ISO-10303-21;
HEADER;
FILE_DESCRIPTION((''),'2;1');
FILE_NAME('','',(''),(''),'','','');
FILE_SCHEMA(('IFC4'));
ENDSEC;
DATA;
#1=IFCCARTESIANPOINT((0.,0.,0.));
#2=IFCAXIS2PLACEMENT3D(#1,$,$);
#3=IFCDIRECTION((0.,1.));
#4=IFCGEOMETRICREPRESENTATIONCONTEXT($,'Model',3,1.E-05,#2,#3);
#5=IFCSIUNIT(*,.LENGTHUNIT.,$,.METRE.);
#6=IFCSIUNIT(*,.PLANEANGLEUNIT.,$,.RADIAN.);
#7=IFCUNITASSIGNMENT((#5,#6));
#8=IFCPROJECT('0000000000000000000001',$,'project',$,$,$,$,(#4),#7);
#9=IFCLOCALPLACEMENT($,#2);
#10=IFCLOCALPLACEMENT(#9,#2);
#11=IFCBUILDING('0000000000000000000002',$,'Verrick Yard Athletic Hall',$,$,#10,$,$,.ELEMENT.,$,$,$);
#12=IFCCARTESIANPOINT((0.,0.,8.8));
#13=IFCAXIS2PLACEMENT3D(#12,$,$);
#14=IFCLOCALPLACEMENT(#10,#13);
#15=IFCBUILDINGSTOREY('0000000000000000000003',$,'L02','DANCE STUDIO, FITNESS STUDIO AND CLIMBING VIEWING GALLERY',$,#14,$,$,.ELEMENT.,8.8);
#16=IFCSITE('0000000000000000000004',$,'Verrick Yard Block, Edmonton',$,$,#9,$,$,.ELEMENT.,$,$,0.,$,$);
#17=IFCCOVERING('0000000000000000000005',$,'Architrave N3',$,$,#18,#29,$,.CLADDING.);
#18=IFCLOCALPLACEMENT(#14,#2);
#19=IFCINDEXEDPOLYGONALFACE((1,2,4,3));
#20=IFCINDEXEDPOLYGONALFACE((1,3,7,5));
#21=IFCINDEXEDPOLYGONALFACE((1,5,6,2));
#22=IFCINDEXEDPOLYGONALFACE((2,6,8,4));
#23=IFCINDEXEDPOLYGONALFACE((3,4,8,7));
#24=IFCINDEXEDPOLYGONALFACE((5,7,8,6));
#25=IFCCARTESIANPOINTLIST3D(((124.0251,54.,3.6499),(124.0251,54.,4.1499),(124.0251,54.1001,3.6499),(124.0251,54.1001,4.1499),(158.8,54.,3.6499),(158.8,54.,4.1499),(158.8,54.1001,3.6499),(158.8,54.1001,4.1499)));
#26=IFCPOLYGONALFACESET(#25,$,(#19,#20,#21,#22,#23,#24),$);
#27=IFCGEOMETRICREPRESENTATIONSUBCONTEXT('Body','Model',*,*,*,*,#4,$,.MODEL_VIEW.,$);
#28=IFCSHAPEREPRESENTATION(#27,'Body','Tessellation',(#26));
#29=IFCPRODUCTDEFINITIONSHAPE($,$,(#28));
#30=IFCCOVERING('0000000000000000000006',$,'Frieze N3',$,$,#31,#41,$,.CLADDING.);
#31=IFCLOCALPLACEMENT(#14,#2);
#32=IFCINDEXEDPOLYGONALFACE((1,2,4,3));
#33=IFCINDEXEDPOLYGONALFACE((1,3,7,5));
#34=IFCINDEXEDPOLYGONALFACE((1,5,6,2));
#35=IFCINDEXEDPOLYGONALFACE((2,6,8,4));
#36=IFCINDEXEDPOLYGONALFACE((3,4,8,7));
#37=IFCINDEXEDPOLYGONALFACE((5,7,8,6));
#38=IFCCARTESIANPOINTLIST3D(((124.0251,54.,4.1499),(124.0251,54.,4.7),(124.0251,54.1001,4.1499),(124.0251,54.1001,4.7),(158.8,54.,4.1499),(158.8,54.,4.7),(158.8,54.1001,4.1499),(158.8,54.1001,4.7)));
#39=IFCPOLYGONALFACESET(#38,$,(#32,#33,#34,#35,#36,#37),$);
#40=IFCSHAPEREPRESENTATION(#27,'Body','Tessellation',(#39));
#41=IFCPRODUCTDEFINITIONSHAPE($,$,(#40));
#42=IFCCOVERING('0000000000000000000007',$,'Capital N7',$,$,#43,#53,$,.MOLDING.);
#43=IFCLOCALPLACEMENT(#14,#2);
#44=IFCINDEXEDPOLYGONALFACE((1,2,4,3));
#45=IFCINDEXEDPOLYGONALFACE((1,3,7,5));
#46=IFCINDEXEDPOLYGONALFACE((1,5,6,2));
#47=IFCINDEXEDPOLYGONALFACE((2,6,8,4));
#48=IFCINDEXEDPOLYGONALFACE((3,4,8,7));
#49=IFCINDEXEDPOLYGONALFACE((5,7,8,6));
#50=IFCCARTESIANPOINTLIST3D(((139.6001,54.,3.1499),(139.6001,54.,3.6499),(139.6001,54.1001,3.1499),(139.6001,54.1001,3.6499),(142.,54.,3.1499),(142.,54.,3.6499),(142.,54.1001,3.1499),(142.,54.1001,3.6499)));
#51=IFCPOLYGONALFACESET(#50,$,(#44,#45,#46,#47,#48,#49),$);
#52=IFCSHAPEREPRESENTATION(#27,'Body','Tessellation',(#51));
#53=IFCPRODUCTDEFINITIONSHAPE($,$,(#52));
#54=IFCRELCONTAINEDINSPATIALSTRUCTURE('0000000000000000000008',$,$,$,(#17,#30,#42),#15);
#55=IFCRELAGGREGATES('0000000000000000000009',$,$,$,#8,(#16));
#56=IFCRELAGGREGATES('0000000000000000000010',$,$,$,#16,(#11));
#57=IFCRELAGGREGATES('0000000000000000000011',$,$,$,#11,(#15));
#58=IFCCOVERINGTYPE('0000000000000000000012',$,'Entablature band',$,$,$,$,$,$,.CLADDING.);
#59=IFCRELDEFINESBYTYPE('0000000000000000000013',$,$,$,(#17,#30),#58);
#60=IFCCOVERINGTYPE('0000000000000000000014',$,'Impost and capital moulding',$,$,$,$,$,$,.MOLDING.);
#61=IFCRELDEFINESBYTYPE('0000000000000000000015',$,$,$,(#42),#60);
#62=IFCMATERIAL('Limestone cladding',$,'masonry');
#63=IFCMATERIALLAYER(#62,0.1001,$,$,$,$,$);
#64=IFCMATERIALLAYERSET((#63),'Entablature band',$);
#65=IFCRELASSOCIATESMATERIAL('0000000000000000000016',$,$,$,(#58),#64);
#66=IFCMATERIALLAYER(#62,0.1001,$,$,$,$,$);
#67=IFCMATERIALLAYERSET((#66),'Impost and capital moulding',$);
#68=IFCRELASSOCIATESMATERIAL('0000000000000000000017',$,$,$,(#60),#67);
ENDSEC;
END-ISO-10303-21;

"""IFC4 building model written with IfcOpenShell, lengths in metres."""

from ifc_helpers import new_model, si_unit, direction, frame, origin, origin_2d, place, context, subcontext, project, spatial, rectangle, extrude, material, layer, layer_set, type_object, element, save


model = new_model("IFC4")

# Units and contexts
model_context = context("Model", 3, precision=1e-05, world=origin(), true_north=direction((0.0, 1.0)))
body_context = subcontext(model_context, "Body", "Model", "MODEL_VIEW")
ifc_project = project(units=[si_unit("LENGTHUNIT", "METRE"), si_unit("PLANEANGLEUNIT", "RADIAN")], contexts=[model_context])

# Site, building, storey
site_placement = place(None, origin())
site = spatial("IfcSite", under=ifc_project, at=site_placement, Name="Verrick Yard Block, Edmonton", CompositionType="ELEMENT", RefElevation=0.0)
building_placement = place(site_placement, origin())
building = spatial("IfcBuilding", under=site, at=building_placement, Name="Verrick Yard Athletic Hall", CompositionType="ELEMENT")
storey_placement = place(building_placement, frame((0.0, 0.0, 8.8)))
storey = spatial("IfcBuildingStorey", under=building, at=storey_placement, Name="L02", Description="DANCE STUDIO, FITNESS STUDIO AND CLIMBING VIEWING GALLERY", CompositionType="ELEMENT", Elevation=8.8)

# Coverings
ifc_material_1 = material(Name="Limestone cladding", Category="masonry")
ifc_layer_1 = layer(ifc_material_1, 0.1001)
ifc_layer_set_1 = layer_set([ifc_layer_1], Name="Entablature band")
covering_type_1 = type_object("IfcCoveringType", Name="Entablature band", PredefinedType="CLADDING", material=ifc_layer_set_1)
covering_1_placement = place(storey_placement, frame((141.4126, 54.05, 3.6499), z_axis=(0.0, 0.0, 1.0), x_axis=(1.0, 0.0, 0.0)))
element("IfcCovering", 1, at=covering_1_placement, inside=storey, type_object=covering_type_1, Name="Architrave N3", PredefinedType="CLADDING", context=body_context, shape_type="SweptSolid", body=[
    extrude(rectangle(XDim=34.7749, YDim=0.1001, at=origin_2d()), origin(), (0.0, 0.0, 1.0), 0.5),
])
covering_2_placement = place(storey_placement, frame((141.4126, 54.05, 4.1499), z_axis=(0.0, 0.0, 1.0), x_axis=(1.0, 0.0, 0.0)))
element("IfcCovering", 2, at=covering_2_placement, inside=storey, type_object=covering_type_1, Name="Frieze N3", PredefinedType="CLADDING", context=body_context, shape_type="SweptSolid", body=[
    extrude(rectangle(XDim=34.7749, YDim=0.1001, at=origin_2d()), origin(), (0.0, 0.0, 1.0), 0.55),
])
ifc_layer_2 = layer(ifc_material_1, 0.1001)
ifc_layer_set_2 = layer_set([ifc_layer_2], Name="Impost and capital moulding")
covering_type_2 = type_object("IfcCoveringType", Name="Impost and capital moulding", PredefinedType="MOLDING", material=ifc_layer_set_2)
covering_3_placement = place(storey_placement, frame((140.8, 54.05, 3.1499), z_axis=(0.0, 0.0, 1.0), x_axis=(1.0, 0.0, 0.0)))
element("IfcCovering", 3, at=covering_3_placement, inside=storey, type_object=covering_type_2, Name="Capital N7", PredefinedType="MOLDING", context=body_context, shape_type="SweptSolid", body=[
    extrude(rectangle(XDim=2.3999, YDim=0.1001, at=origin_2d()), origin(), (0.0, 0.0, 1.0), 0.5),
])

save(model, "model.ifc")
